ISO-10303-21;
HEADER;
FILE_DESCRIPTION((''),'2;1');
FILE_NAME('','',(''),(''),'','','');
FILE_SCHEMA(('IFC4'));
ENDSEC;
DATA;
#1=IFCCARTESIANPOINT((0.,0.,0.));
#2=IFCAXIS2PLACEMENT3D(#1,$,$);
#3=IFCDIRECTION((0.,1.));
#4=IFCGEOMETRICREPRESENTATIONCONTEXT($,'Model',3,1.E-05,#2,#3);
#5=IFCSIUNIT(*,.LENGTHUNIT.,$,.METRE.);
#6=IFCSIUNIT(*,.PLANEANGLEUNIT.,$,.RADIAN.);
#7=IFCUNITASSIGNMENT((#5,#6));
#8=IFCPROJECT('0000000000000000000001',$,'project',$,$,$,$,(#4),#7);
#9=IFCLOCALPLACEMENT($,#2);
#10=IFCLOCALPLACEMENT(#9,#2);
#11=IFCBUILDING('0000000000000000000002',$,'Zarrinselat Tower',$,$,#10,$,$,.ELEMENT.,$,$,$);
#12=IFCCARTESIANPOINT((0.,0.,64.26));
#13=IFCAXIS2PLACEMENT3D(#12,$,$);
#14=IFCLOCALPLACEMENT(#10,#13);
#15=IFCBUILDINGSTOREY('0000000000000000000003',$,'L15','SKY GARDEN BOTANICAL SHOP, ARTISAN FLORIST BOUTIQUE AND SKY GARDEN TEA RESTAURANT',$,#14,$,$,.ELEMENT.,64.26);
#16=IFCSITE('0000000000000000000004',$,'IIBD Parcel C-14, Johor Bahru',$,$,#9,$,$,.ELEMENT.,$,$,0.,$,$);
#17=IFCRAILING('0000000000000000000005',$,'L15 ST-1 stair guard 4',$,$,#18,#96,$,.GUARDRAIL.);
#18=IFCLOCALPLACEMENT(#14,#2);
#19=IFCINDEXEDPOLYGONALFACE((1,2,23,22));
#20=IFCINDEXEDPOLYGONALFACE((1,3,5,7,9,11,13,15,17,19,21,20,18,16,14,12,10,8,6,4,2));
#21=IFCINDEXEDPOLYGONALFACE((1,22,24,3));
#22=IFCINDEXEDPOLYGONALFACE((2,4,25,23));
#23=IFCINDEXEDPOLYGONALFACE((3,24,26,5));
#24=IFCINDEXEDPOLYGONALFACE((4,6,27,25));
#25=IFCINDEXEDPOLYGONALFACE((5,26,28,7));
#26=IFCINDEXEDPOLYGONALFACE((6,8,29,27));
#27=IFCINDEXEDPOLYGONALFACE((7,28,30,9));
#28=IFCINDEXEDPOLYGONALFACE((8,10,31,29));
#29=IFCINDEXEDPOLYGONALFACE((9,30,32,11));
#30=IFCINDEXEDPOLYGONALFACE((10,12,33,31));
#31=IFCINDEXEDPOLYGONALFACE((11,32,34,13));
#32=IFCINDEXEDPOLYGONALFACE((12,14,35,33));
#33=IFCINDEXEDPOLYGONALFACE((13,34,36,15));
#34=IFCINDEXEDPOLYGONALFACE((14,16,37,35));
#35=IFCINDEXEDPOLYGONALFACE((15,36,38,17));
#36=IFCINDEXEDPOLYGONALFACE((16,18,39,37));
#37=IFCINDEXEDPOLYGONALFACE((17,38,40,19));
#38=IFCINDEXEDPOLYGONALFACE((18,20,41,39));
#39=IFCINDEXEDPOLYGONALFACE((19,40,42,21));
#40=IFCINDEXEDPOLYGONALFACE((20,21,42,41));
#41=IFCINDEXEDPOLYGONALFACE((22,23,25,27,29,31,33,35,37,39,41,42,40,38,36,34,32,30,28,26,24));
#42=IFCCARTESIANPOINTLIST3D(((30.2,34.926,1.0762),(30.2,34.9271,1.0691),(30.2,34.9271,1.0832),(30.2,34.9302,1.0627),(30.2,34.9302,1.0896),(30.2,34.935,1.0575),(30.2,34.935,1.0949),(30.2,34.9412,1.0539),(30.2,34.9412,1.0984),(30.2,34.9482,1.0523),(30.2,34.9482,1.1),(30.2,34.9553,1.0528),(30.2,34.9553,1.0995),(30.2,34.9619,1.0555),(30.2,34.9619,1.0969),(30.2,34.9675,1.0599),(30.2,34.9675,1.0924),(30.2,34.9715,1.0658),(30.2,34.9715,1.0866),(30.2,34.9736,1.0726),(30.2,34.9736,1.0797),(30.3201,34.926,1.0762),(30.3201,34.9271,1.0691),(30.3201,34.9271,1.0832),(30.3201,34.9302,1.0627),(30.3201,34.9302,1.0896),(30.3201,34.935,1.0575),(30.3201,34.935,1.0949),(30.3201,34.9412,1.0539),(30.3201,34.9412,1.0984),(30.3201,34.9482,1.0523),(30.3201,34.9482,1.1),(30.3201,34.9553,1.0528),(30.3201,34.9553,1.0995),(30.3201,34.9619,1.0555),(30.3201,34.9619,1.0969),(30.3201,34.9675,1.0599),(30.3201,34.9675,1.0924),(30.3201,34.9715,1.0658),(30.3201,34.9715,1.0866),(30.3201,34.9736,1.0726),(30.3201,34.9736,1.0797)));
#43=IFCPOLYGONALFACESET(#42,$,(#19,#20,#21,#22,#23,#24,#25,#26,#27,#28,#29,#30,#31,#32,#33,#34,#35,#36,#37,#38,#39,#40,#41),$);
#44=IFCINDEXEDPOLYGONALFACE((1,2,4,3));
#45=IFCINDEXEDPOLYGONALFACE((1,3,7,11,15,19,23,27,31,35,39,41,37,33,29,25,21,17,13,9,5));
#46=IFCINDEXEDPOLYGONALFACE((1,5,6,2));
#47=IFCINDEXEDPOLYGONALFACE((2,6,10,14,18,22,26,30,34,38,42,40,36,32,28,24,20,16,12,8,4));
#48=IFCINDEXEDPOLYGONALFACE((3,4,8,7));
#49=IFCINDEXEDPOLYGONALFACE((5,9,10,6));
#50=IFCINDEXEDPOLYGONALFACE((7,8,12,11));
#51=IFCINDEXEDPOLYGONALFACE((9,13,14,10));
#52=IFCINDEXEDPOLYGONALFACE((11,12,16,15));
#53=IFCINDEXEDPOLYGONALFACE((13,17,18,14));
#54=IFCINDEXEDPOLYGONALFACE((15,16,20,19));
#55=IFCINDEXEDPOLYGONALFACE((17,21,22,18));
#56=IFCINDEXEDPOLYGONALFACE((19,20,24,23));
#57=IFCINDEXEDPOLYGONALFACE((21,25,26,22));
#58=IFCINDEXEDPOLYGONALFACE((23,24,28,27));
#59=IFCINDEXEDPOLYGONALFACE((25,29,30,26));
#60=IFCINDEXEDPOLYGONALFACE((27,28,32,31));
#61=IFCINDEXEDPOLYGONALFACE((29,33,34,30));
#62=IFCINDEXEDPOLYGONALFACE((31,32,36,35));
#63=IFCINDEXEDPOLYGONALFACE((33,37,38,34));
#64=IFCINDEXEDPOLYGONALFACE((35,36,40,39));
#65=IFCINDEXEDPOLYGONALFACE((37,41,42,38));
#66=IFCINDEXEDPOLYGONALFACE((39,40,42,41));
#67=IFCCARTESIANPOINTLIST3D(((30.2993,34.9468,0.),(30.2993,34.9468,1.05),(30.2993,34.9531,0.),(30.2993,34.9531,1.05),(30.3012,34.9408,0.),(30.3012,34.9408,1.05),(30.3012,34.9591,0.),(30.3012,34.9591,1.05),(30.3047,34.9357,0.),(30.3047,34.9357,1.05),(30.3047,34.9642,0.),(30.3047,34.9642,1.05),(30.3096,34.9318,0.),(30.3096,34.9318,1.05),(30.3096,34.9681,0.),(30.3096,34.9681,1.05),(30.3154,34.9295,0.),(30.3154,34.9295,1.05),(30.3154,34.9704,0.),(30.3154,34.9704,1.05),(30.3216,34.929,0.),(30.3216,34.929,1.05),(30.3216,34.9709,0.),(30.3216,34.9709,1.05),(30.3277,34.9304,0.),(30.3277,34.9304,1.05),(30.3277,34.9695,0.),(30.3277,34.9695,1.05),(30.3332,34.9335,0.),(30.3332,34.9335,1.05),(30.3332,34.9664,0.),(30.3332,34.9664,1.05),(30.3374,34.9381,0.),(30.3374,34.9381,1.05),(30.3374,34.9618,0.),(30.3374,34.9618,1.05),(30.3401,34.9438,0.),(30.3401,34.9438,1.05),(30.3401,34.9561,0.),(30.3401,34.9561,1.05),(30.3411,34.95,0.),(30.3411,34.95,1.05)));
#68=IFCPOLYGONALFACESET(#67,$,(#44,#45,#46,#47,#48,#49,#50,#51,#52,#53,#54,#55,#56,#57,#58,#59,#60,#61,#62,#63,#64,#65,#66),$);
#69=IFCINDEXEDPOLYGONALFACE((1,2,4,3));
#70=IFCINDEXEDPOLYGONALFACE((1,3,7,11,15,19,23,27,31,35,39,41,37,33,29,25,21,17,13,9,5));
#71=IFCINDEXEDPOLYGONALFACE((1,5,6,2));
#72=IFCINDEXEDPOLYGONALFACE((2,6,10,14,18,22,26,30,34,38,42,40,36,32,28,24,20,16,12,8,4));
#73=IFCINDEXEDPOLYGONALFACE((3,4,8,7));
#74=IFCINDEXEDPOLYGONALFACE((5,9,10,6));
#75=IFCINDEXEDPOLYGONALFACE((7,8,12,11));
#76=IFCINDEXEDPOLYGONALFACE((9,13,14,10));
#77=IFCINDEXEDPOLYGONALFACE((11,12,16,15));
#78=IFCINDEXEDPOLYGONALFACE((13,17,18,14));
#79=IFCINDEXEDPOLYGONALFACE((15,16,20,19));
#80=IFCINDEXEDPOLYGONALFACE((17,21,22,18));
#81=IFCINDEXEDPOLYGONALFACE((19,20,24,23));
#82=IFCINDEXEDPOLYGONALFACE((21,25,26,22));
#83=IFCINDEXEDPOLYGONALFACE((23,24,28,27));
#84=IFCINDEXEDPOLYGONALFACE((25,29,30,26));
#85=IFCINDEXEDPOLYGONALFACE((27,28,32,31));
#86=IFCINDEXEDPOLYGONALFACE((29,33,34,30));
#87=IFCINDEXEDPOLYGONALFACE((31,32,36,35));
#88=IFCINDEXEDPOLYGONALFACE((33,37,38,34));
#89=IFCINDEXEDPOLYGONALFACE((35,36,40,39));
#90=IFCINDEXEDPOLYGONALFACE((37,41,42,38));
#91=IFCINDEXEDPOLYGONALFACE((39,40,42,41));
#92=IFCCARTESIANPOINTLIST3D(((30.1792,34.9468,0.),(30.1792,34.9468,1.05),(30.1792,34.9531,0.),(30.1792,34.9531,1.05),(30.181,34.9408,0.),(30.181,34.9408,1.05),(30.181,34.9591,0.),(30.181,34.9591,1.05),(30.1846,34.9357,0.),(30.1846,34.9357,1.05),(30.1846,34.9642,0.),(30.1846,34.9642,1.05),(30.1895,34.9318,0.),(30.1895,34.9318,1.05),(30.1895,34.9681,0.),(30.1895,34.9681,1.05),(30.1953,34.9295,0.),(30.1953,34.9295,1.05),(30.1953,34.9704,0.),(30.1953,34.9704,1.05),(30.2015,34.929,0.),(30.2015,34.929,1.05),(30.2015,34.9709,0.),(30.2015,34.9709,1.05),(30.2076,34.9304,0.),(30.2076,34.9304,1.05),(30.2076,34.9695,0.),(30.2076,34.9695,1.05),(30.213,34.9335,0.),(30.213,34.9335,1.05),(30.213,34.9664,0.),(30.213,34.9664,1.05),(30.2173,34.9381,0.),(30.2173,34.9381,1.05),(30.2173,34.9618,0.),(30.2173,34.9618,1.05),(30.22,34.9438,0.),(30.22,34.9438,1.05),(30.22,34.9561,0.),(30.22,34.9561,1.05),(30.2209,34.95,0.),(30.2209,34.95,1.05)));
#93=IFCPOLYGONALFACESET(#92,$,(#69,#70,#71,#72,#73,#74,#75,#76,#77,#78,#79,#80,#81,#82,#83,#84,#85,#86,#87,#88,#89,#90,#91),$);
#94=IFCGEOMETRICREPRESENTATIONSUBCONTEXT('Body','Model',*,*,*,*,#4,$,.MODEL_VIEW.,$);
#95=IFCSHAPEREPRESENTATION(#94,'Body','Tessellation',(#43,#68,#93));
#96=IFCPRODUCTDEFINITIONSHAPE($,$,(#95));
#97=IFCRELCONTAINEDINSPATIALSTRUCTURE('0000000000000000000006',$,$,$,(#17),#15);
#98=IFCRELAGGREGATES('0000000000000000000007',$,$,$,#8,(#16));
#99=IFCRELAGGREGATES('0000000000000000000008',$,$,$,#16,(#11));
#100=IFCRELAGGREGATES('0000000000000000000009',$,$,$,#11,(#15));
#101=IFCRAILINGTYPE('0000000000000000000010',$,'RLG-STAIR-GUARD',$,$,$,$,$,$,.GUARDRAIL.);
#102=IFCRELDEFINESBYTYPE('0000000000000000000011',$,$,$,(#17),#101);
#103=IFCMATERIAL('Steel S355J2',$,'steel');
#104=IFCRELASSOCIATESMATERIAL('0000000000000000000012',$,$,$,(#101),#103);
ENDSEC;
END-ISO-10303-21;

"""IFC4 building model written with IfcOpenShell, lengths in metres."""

from ifc_helpers import new_model, si_unit, direction, frame, origin, origin_2d, place, context, subcontext, project, spatial, circle, extrude, material, type_object, element, save


model = new_model("IFC4")

# Units and contexts
model_context = context("Model", 3, precision=1e-05, world=origin(), true_north=direction((0.0, 1.0)))
body_context = subcontext(model_context, "Body", "Model", "MODEL_VIEW")
ifc_project = project(units=[si_unit("LENGTHUNIT", "METRE"), si_unit("PLANEANGLEUNIT", "RADIAN")], contexts=[model_context])

# Site, building, storey
site_placement = place(None, origin())
site = spatial("IfcSite", under=ifc_project, at=site_placement, Name="IIBD Parcel C-14, Johor Bahru", CompositionType="ELEMENT", RefElevation=0.0)
building_placement = place(site_placement, origin())
building = spatial("IfcBuilding", under=site, at=building_placement, Name="Zarrinselat Tower", CompositionType="ELEMENT")
storey_placement = place(building_placement, frame((0.0, 0.0, 64.26)))
storey = spatial("IfcBuildingStorey", under=building, at=storey_placement, Name="L15", Description="SKY GARDEN BOTANICAL SHOP, ARTISAN FLORIST BOUTIQUE AND SKY GARDEN TEA RESTAURANT", CompositionType="ELEMENT", Elevation=64.26)

# Railing
ifc_material_1 = material(Name="Steel S355J2", Category="steel")
railing_type_1 = type_object("IfcRailingType", Name="RLG-STAIR-GUARD", PredefinedType="GUARDRAIL", material=ifc_material_1)
railing_1_placement = place(storey_placement, frame((30.3201, 34.95, 0.0)))
element("IfcRailing", 1, at=railing_1_placement, inside=storey, type_object=railing_type_1, Name="L15 ST-1 stair guard 4", PredefinedType="GUARDRAIL", context=body_context, shape_type="SweptSolid", body=[
    extrude(circle(Radius=0.0239, at=origin_2d()), frame((0.0, 0.0, 1.0762), z_axis=(-1.0, 0.0, 0.0), x_axis=(0.0, -1.0, 0.0)), (0.0, 0.0, 1.0), 0.1201),
    extrude(circle(Radius=0.021, at=origin_2d()), origin(), (0.0, 0.0, 1.0), 1.05),
    extrude(circle(Radius=0.021, at=origin_2d()), frame((-0.1201, 0.0, 0.0)), (0.0, 0.0, 1.0), 1.05),
])

save(model, "model.ifc")
